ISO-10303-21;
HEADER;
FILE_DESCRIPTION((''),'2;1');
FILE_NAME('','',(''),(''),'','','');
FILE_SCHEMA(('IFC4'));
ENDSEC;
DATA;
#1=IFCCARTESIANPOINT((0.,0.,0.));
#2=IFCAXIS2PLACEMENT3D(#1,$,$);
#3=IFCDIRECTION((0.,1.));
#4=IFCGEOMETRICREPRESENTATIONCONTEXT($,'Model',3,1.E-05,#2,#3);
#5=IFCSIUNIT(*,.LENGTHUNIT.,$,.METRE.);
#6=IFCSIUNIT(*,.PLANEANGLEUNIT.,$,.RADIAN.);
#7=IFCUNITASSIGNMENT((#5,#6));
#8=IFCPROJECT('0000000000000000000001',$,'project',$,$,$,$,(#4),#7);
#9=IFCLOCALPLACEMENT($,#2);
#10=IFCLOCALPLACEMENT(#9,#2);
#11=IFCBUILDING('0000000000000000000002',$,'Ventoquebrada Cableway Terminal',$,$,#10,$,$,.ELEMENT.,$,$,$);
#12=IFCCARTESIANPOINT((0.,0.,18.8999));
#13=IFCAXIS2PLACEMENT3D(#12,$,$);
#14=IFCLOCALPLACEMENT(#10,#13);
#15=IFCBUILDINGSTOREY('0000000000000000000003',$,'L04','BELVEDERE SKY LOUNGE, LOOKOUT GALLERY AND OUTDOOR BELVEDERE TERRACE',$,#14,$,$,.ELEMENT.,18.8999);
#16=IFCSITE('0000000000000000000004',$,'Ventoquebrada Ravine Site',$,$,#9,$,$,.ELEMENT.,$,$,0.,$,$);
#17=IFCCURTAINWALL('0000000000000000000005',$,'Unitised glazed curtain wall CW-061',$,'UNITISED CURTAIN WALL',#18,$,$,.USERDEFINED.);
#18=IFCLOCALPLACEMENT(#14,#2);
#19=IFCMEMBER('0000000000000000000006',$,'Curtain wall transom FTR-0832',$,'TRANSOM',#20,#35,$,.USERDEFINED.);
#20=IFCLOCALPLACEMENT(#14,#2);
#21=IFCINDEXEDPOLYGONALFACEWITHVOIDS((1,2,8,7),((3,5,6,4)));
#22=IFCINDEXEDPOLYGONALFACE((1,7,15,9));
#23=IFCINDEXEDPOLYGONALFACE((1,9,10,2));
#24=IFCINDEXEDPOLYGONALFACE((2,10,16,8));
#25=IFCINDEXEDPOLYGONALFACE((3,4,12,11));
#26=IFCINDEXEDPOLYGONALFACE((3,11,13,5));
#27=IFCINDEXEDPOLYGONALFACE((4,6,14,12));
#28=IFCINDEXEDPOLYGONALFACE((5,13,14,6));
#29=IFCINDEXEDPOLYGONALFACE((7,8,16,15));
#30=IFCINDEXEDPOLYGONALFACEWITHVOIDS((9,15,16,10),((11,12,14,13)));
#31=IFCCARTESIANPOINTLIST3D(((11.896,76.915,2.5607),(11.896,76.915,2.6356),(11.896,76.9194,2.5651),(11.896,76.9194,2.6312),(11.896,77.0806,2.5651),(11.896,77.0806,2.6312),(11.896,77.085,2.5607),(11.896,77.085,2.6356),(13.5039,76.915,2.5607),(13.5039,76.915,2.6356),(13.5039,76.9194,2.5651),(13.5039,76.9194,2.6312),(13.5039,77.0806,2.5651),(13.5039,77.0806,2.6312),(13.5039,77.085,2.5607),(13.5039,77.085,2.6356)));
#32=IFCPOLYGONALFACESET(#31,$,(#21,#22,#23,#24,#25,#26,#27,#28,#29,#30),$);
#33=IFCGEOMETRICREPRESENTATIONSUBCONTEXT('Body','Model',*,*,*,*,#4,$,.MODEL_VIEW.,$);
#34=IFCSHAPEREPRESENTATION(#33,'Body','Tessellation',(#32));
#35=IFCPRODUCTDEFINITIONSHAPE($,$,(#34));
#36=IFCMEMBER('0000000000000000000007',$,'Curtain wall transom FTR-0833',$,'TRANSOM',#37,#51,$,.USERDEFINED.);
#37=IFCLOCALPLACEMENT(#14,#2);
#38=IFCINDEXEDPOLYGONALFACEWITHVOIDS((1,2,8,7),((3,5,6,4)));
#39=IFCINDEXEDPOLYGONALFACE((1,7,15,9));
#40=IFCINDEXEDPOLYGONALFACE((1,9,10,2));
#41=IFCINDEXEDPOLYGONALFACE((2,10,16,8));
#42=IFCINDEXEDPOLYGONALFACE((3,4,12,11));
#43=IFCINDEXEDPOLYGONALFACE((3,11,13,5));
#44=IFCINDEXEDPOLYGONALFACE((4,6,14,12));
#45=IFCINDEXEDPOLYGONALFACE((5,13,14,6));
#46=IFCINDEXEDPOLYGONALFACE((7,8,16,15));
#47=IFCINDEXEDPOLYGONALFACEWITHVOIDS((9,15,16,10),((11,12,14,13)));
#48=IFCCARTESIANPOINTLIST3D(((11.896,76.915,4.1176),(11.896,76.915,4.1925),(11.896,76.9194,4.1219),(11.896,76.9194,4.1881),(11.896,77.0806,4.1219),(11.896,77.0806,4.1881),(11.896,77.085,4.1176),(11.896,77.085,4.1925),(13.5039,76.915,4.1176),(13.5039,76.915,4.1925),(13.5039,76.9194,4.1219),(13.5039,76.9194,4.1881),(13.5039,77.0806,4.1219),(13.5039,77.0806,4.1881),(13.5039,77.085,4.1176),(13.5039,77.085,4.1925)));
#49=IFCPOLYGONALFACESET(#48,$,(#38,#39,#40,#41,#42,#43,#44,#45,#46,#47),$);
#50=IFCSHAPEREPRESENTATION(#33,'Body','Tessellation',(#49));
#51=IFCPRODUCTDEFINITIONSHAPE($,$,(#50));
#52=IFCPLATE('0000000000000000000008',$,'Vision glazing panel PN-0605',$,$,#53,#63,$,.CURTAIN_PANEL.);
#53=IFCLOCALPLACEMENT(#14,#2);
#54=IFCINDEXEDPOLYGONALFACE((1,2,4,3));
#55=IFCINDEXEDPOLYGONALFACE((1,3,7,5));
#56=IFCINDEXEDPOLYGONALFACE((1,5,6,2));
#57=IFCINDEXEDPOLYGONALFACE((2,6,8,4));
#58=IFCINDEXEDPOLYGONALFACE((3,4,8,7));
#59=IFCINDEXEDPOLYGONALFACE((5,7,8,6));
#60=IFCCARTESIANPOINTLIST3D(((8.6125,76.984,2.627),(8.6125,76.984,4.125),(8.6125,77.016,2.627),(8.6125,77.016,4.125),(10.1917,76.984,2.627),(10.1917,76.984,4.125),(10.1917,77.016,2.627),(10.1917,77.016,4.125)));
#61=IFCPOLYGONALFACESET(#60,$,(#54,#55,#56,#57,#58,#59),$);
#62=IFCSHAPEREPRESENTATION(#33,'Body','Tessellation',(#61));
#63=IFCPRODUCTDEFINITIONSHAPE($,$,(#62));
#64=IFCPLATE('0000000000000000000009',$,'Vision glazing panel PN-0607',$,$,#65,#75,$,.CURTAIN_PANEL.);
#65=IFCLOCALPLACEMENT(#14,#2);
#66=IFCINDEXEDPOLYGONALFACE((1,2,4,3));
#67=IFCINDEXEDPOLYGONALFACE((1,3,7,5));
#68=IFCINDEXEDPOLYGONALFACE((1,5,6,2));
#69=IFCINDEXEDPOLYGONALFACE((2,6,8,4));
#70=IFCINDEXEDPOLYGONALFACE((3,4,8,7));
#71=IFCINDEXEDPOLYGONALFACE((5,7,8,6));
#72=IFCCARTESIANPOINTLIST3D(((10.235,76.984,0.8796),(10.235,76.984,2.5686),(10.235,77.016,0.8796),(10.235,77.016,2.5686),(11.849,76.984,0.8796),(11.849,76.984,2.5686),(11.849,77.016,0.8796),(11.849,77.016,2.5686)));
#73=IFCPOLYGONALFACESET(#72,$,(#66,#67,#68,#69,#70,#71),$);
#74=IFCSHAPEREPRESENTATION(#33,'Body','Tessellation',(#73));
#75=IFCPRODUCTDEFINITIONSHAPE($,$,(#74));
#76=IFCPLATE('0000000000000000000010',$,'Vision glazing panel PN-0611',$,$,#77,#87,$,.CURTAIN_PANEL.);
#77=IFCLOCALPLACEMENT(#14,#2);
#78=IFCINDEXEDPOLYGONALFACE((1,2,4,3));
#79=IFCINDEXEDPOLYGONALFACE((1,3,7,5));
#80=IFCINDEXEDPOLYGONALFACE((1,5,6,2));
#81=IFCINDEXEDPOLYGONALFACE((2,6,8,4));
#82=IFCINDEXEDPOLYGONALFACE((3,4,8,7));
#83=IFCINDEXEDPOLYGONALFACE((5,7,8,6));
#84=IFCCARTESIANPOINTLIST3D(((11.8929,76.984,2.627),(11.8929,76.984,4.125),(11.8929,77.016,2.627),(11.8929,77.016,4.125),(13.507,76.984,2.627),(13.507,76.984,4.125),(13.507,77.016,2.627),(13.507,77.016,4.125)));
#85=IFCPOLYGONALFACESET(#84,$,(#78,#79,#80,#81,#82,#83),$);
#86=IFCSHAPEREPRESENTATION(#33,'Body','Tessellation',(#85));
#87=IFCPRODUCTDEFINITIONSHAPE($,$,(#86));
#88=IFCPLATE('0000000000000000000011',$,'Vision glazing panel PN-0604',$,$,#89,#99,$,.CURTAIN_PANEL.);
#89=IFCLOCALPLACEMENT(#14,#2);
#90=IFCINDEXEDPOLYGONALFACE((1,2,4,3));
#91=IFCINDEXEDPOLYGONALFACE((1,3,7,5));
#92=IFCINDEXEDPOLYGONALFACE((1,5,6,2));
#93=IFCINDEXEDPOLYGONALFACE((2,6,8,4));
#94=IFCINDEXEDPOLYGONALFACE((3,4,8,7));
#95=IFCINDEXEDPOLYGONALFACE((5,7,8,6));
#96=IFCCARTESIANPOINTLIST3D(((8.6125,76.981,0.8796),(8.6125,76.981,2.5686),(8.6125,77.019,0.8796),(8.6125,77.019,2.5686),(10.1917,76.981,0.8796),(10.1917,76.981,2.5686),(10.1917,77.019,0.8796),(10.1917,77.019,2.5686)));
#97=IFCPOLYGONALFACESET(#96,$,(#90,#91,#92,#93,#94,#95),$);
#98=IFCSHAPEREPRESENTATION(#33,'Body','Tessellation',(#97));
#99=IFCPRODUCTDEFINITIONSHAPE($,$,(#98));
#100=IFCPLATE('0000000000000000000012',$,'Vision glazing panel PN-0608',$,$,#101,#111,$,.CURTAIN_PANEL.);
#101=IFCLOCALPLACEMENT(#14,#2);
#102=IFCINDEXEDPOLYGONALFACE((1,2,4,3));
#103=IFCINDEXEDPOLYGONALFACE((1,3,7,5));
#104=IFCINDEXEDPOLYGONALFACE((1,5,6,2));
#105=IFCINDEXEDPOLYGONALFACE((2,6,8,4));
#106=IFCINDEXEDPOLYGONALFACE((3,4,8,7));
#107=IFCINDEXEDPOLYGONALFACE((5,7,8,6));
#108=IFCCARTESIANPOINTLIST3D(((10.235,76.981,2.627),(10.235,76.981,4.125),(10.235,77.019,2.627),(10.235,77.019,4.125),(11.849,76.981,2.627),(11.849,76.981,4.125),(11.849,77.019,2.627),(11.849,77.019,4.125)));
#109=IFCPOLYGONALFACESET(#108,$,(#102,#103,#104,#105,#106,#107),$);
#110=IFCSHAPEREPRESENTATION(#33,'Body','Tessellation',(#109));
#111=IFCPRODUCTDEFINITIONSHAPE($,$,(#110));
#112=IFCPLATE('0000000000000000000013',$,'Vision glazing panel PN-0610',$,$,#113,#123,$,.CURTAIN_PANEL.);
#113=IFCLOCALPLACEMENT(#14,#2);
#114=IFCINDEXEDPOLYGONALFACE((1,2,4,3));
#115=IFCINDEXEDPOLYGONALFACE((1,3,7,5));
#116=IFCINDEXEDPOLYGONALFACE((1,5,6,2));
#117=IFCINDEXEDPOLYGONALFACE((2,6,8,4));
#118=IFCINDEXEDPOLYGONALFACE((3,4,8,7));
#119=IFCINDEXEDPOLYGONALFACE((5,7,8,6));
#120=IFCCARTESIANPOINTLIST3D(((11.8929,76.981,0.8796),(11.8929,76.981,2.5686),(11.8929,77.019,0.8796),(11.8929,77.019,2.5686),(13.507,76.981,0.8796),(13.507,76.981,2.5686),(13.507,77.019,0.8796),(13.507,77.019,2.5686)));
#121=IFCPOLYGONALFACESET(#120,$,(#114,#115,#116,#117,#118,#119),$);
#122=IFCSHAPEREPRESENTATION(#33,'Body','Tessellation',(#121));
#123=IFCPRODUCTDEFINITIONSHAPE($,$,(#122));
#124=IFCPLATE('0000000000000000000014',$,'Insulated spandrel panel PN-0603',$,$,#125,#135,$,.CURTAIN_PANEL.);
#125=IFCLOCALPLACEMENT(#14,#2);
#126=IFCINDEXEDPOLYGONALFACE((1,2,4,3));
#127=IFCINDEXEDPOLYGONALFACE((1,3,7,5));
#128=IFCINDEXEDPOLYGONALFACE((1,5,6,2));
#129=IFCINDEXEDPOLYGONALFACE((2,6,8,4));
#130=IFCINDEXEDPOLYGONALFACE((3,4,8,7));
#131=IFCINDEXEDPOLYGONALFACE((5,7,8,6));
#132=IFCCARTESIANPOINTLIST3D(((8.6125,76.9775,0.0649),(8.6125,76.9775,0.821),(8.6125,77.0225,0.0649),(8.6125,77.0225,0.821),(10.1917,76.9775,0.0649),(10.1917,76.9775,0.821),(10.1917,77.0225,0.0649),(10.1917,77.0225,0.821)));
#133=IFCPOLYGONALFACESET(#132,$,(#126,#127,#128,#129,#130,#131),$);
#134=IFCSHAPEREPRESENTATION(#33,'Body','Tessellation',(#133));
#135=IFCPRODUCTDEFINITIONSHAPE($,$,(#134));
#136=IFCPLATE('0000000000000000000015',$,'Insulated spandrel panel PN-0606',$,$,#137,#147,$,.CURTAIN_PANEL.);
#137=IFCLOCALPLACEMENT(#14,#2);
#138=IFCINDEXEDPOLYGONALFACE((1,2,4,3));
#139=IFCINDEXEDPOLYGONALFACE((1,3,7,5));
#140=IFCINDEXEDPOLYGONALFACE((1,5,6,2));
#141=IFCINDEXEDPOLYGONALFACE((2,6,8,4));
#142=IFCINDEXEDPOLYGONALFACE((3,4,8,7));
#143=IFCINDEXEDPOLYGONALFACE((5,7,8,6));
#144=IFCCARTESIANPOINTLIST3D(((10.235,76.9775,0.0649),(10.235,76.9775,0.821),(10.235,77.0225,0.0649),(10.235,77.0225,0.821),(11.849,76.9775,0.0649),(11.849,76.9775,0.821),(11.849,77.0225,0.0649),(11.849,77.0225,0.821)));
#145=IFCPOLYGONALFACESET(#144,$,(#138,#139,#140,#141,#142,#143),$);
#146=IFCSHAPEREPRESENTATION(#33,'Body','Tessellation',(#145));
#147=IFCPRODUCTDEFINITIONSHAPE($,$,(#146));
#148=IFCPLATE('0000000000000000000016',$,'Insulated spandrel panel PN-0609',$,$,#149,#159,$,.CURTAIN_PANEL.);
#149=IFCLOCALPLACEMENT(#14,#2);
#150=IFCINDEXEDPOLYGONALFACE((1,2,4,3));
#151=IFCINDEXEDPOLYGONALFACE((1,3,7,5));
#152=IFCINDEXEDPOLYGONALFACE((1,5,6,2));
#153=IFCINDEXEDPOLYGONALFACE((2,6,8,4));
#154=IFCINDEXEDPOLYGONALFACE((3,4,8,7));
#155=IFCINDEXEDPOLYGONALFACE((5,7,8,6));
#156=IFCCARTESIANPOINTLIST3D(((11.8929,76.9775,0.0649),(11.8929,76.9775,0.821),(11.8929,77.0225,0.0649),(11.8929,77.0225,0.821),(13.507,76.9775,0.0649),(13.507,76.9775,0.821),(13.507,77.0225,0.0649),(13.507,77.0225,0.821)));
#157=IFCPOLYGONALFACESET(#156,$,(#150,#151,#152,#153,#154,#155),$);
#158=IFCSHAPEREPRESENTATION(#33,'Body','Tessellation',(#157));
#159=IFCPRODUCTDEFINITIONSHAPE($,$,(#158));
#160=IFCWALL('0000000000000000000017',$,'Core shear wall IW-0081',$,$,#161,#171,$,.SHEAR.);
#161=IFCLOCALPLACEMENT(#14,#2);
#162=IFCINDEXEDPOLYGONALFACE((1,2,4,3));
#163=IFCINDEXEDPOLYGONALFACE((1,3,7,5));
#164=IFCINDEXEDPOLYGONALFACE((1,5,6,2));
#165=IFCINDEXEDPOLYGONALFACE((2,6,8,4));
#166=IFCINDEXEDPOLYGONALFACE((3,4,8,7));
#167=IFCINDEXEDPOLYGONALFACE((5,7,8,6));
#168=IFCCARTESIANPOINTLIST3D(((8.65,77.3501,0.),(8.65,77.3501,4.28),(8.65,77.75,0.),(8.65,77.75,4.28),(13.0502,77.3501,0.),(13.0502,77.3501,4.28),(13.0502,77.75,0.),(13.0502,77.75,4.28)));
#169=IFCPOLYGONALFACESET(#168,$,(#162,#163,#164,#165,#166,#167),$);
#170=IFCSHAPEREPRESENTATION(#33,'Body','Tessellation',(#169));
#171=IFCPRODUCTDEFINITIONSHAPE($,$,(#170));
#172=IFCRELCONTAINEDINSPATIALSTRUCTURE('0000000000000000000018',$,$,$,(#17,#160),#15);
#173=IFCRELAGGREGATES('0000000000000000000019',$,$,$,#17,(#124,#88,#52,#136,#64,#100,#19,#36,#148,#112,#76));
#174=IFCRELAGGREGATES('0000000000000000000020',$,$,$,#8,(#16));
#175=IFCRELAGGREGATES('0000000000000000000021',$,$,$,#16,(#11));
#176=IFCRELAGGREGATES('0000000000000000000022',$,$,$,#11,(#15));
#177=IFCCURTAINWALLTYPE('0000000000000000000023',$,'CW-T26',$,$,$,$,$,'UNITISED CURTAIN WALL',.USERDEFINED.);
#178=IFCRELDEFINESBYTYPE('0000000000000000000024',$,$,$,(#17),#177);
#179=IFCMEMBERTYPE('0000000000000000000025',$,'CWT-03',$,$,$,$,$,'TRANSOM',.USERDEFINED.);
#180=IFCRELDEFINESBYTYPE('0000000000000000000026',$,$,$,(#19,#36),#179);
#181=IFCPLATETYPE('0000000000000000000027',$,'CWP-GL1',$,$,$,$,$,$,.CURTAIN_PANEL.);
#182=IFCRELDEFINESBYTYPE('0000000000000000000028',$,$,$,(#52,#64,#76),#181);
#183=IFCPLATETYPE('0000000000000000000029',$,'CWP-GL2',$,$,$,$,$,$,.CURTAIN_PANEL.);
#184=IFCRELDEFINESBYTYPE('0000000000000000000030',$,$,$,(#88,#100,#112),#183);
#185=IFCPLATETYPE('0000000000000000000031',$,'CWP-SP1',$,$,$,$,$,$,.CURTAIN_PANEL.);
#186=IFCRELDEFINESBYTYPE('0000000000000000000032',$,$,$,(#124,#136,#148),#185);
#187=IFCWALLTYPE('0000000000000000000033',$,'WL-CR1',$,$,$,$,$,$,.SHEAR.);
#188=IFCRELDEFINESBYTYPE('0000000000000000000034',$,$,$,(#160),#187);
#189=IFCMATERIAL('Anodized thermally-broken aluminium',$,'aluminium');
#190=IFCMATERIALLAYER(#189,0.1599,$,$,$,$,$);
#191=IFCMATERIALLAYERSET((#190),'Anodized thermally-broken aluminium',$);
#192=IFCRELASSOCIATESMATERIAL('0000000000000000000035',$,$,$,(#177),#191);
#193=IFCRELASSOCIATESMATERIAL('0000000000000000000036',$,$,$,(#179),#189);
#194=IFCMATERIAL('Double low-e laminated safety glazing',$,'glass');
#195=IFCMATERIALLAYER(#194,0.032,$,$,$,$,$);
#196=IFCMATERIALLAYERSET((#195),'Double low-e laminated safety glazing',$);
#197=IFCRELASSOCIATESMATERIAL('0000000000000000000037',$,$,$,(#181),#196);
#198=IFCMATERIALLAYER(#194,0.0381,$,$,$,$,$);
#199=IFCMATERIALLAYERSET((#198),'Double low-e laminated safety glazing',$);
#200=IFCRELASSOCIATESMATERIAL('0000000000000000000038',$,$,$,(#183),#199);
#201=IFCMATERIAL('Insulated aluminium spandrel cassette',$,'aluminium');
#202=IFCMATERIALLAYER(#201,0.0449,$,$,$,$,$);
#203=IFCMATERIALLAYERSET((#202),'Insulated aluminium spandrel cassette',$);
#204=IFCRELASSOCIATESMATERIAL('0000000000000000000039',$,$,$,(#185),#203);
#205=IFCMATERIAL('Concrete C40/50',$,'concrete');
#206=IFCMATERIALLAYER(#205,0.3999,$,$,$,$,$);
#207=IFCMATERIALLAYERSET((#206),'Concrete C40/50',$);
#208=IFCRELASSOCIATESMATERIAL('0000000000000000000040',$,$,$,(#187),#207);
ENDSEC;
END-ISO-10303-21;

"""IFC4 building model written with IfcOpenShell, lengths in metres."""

from ifc_helpers import new_model, si_unit, direction, frame, frame_2d, origin, origin_2d, place, context, subcontext, project, spatial, rectangle, hollow_rectangle, extrude, material, layer, layer_set, material_profile, profile_set, type_object, element, aggregate, save


model = new_model("IFC4")

# Units and contexts
model_context = context("Model", 3, precision=1e-05, world=origin(), true_north=direction((0.0, 1.0)))
body_context = subcontext(model_context, "Body", "Model", "MODEL_VIEW")
ifc_project = project(units=[si_unit("LENGTHUNIT", "METRE"), si_unit("PLANEANGLEUNIT", "RADIAN")], contexts=[model_context])

# Site, building, storey
site_placement = place(None, origin())
site = spatial("IfcSite", under=ifc_project, at=site_placement, Name="Ventoquebrada Ravine Site", CompositionType="ELEMENT", RefElevation=0.0)
building_placement = place(site_placement, origin())
building = spatial("IfcBuilding", under=site, at=building_placement, Name="Ventoquebrada Cableway Terminal", CompositionType="ELEMENT")
storey_placement = place(building_placement, frame((0.0, 0.0, 18.8999)))
storey = spatial("IfcBuildingStorey", under=building, at=storey_placement, Name="L04", Description="BELVEDERE SKY LOUNGE, LOOKOUT GALLERY AND OUTDOOR BELVEDERE TERRACE", CompositionType="ELEMENT", Elevation=18.8999)

# Shared definitions
ifc_material_1 = material(Name="Concrete C40/50", Category="concrete")

# Curtain wall, members, plates
ifc_material_2 = material(Name="Anodized thermally-broken aluminium", Category="aluminium")
ifc_layer_1 = layer(ifc_material_2, 0.1599)
ifc_layer_set_1 = layer_set([ifc_layer_1], Name="Anodized thermally-broken aluminium")
curtain_wall_type = type_object("IfcCurtainWallType", Name="CW-T26", ElementType="UNITISED CURTAIN WALL", PredefinedType="USERDEFINED", material=ifc_layer_set_1)
curtain_wall_placement = place(storey_placement, origin())
curtain_wall = element("IfcCurtainWall", 1, at=curtain_wall_placement, inside=storey, type_object=curtain_wall_type, Name="Unitised glazed curtain wall CW-061", ObjectType="UNITISED CURTAIN WALL", PredefinedType="USERDEFINED")
ifc_material_profile_1 = material_profile(ifc_material_2, hollow_rectangle(XDim=0.075, YDim=0.1699, WallThickness=0.0044, at=origin_2d()), Name="CW-TRN-75X170")
ifc_profile_set_1 = profile_set([ifc_material_profile_1], Name="Anodized thermally-broken aluminium")
member_type_1 = type_object("IfcMemberType", Name="CWT-03", ElementType="TRANSOM", PredefinedType="USERDEFINED", material=ifc_profile_set_1)
member_1_placement = place(storey_placement, frame((11.896, 77.0, 2.5981), z_axis=(1.0, 0.0, 0.0), x_axis=(0.0, 0.0, 1.0)))
member_1 = element("IfcMember", 2, at=member_1_placement, type_object=member_type_1, Name="Curtain wall transom FTR-0832", ObjectType="TRANSOM", PredefinedType="USERDEFINED", context=body_context, shape_type="SweptSolid", body=[
    extrude(hollow_rectangle(XDim=0.075, YDim=0.1699, WallThickness=0.0044, at=origin_2d()), origin(), (0.0, 0.0, 1.0), 1.6079),
])
member_2_placement = place(storey_placement, frame((11.896, 77.0, 4.155), z_axis=(1.0, 0.0, 0.0), x_axis=(0.0, 0.0, 1.0)))
member_2 = element("IfcMember", 3, at=member_2_placement, type_object=member_type_1, Name="Curtain wall transom FTR-0833", ObjectType="TRANSOM", PredefinedType="USERDEFINED", context=body_context, shape_type="SweptSolid", body=[
    extrude(hollow_rectangle(XDim=0.075, YDim=0.1699, WallThickness=0.0044, at=origin_2d()), origin(), (0.0, 0.0, 1.0), 1.6079),
])
ifc_material_3 = material(Name="Double low-e laminated safety glazing", Category="glass")
ifc_layer_2 = layer(ifc_material_3, 0.032)
ifc_layer_set_2 = layer_set([ifc_layer_2], Name="Double low-e laminated safety glazing")
plate_type_1 = type_object("IfcPlateType", Name="CWP-GL1", PredefinedType="CURTAIN_PANEL", material=ifc_layer_set_2)
plate_1_placement = place(storey_placement, frame((9.4021, 77.0, 2.627), z_axis=(0.0, 0.0, 1.0), x_axis=(1.0, 0.0, 0.0)))
plate_1 = element("IfcPlate", 4, at=plate_1_placement, type_object=plate_type_1, Name="Vision glazing panel PN-0605", PredefinedType="CURTAIN_PANEL", context=body_context, shape_type="SweptSolid", body=[
    extrude(rectangle(XDim=1.5791, YDim=0.032, at=origin_2d()), origin(), (0.0, 0.0, 1.0), 1.498),
])
plate_2_placement = place(storey_placement, frame((11.042, 77.0, 0.8796), z_axis=(0.0, 0.0, 1.0), x_axis=(1.0, 0.0, 0.0)))
plate_2 = element("IfcPlate", 5, at=plate_2_placement, type_object=plate_type_1, Name="Vision glazing panel PN-0607", PredefinedType="CURTAIN_PANEL", context=body_context, shape_type="SweptSolid", body=[
    extrude(rectangle(XDim=1.614, YDim=0.032, at=origin_2d()), origin(), (0.0, 0.0, 1.0), 1.689),
])
plate_3_placement = place(storey_placement, frame((12.7, 77.0, 2.627), z_axis=(0.0, 0.0, 1.0), x_axis=(1.0, 0.0, 0.0)))
plate_3 = element("IfcPlate", 6, at=plate_3_placement, type_object=plate_type_1, Name="Vision glazing panel PN-0611", PredefinedType="CURTAIN_PANEL", context=body_context, shape_type="SweptSolid", body=[
    extrude(rectangle(XDim=1.614, YDim=0.032, at=origin_2d()), origin(), (0.0, 0.0, 1.0), 1.498),
])
ifc_layer_3 = layer(ifc_material_3, 0.0381)
ifc_layer_set_3 = layer_set([ifc_layer_3], Name="Double low-e laminated safety glazing")
plate_type_2 = type_object("IfcPlateType", Name="CWP-GL2", PredefinedType="CURTAIN_PANEL", material=ifc_layer_set_3)
plate_4_placement = place(storey_placement, frame((9.4021, 77.0, 0.8796), z_axis=(0.0, 0.0, 1.0), x_axis=(1.0, 0.0, 0.0)))
plate_4 = element("IfcPlate", 7, at=plate_4_placement, type_object=plate_type_2, Name="Vision glazing panel PN-0604", PredefinedType="CURTAIN_PANEL", context=body_context, shape_type="SweptSolid", body=[
    extrude(rectangle(XDim=1.5791, YDim=0.0381, at=origin_2d()), origin(), (0.0, 0.0, 1.0), 1.689),
])
plate_5_placement = place(storey_placement, frame((11.042, 77.0, 2.627), z_axis=(0.0, 0.0, 1.0), x_axis=(1.0, 0.0, 0.0)))
plate_5 = element("IfcPlate", 8, at=plate_5_placement, type_object=plate_type_2, Name="Vision glazing panel PN-0608", PredefinedType="CURTAIN_PANEL", context=body_context, shape_type="SweptSolid", body=[
    extrude(rectangle(XDim=1.614, YDim=0.0381, at=origin_2d()), origin(), (0.0, 0.0, 1.0), 1.498),
])
plate_6_placement = place(storey_placement, frame((12.7, 77.0, 0.8796), z_axis=(0.0, 0.0, 1.0), x_axis=(1.0, 0.0, 0.0)))
plate_6 = element("IfcPlate", 9, at=plate_6_placement, type_object=plate_type_2, Name="Vision glazing panel PN-0610", PredefinedType="CURTAIN_PANEL", context=body_context, shape_type="SweptSolid", body=[
    extrude(rectangle(XDim=1.614, YDim=0.0381, at=origin_2d()), origin(), (0.0, 0.0, 1.0), 1.689),
])
ifc_material_4 = material(Name="Insulated aluminium spandrel cassette", Category="aluminium")
ifc_layer_4 = layer(ifc_material_4, 0.0449)
ifc_layer_set_4 = layer_set([ifc_layer_4], Name="Insulated aluminium spandrel cassette")
plate_type_3 = type_object("IfcPlateType", Name="CWP-SP1", PredefinedType="CURTAIN_PANEL", material=ifc_layer_set_4)
plate_7_placement = place(storey_placement, frame((9.4021, 77.0, 0.0649), z_axis=(0.0, 0.0, 1.0), x_axis=(1.0, 0.0, 0.0)))
plate_7 = element("IfcPlate", 10, at=plate_7_placement, type_object=plate_type_3, Name="Insulated spandrel panel PN-0603", PredefinedType="CURTAIN_PANEL", context=body_context, shape_type="SweptSolid", body=[
    extrude(rectangle(XDim=1.5791, YDim=0.0449, at=origin_2d()), origin(), (0.0, 0.0, 1.0), 0.7561),
])
plate_8_placement = place(storey_placement, frame((11.042, 77.0, 0.0649), z_axis=(0.0, 0.0, 1.0), x_axis=(1.0, 0.0, 0.0)))
plate_8 = element("IfcPlate", 11, at=plate_8_placement, type_object=plate_type_3, Name="Insulated spandrel panel PN-0606", PredefinedType="CURTAIN_PANEL", context=body_context, shape_type="SweptSolid", body=[
    extrude(rectangle(XDim=1.614, YDim=0.0449, at=origin_2d()), origin(), (0.0, 0.0, 1.0), 0.7561),
])
plate_9_placement = place(storey_placement, frame((12.7, 77.0, 0.0649), z_axis=(0.0, 0.0, 1.0), x_axis=(1.0, 0.0, 0.0)))
plate_9 = element("IfcPlate", 12, at=plate_9_placement, type_object=plate_type_3, Name="Insulated spandrel panel PN-0609", PredefinedType="CURTAIN_PANEL", context=body_context, shape_type="SweptSolid", body=[
    extrude(rectangle(XDim=1.614, YDim=0.0449, at=origin_2d()), origin(), (0.0, 0.0, 1.0), 0.7561),
])
aggregate(curtain_wall, [plate_7, plate_4, plate_1, plate_8, plate_2, plate_5, member_1, member_2, plate_9, plate_6, plate_3])

# Wall
ifc_layer_5 = layer(ifc_material_1, 0.3999)
ifc_layer_set_5 = layer_set([ifc_layer_5], Name="Concrete C40/50")
wall_type = type_object("IfcWallType", Name="WL-CR1", PredefinedType="SHEAR", material=ifc_layer_set_5)
wall_1_placement = place(storey_placement, frame((8.6499, 77.55, 0.0), z_axis=(0.0, 0.0, 1.0), x_axis=(1.0, 0.0, 0.0)))
element("IfcWall", 13, at=wall_1_placement, inside=storey, type_object=wall_type, Name="Core shear wall IW-0081", PredefinedType="SHEAR", context=body_context, shape_type="SweptSolid", body=[
    extrude(rectangle(XDim=4.4001, YDim=0.3999, at=frame_2d((2.2002, 0.0))), origin(), (0.0, 0.0, 1.0), 4.28),
])

save(model, "model.ifc")
